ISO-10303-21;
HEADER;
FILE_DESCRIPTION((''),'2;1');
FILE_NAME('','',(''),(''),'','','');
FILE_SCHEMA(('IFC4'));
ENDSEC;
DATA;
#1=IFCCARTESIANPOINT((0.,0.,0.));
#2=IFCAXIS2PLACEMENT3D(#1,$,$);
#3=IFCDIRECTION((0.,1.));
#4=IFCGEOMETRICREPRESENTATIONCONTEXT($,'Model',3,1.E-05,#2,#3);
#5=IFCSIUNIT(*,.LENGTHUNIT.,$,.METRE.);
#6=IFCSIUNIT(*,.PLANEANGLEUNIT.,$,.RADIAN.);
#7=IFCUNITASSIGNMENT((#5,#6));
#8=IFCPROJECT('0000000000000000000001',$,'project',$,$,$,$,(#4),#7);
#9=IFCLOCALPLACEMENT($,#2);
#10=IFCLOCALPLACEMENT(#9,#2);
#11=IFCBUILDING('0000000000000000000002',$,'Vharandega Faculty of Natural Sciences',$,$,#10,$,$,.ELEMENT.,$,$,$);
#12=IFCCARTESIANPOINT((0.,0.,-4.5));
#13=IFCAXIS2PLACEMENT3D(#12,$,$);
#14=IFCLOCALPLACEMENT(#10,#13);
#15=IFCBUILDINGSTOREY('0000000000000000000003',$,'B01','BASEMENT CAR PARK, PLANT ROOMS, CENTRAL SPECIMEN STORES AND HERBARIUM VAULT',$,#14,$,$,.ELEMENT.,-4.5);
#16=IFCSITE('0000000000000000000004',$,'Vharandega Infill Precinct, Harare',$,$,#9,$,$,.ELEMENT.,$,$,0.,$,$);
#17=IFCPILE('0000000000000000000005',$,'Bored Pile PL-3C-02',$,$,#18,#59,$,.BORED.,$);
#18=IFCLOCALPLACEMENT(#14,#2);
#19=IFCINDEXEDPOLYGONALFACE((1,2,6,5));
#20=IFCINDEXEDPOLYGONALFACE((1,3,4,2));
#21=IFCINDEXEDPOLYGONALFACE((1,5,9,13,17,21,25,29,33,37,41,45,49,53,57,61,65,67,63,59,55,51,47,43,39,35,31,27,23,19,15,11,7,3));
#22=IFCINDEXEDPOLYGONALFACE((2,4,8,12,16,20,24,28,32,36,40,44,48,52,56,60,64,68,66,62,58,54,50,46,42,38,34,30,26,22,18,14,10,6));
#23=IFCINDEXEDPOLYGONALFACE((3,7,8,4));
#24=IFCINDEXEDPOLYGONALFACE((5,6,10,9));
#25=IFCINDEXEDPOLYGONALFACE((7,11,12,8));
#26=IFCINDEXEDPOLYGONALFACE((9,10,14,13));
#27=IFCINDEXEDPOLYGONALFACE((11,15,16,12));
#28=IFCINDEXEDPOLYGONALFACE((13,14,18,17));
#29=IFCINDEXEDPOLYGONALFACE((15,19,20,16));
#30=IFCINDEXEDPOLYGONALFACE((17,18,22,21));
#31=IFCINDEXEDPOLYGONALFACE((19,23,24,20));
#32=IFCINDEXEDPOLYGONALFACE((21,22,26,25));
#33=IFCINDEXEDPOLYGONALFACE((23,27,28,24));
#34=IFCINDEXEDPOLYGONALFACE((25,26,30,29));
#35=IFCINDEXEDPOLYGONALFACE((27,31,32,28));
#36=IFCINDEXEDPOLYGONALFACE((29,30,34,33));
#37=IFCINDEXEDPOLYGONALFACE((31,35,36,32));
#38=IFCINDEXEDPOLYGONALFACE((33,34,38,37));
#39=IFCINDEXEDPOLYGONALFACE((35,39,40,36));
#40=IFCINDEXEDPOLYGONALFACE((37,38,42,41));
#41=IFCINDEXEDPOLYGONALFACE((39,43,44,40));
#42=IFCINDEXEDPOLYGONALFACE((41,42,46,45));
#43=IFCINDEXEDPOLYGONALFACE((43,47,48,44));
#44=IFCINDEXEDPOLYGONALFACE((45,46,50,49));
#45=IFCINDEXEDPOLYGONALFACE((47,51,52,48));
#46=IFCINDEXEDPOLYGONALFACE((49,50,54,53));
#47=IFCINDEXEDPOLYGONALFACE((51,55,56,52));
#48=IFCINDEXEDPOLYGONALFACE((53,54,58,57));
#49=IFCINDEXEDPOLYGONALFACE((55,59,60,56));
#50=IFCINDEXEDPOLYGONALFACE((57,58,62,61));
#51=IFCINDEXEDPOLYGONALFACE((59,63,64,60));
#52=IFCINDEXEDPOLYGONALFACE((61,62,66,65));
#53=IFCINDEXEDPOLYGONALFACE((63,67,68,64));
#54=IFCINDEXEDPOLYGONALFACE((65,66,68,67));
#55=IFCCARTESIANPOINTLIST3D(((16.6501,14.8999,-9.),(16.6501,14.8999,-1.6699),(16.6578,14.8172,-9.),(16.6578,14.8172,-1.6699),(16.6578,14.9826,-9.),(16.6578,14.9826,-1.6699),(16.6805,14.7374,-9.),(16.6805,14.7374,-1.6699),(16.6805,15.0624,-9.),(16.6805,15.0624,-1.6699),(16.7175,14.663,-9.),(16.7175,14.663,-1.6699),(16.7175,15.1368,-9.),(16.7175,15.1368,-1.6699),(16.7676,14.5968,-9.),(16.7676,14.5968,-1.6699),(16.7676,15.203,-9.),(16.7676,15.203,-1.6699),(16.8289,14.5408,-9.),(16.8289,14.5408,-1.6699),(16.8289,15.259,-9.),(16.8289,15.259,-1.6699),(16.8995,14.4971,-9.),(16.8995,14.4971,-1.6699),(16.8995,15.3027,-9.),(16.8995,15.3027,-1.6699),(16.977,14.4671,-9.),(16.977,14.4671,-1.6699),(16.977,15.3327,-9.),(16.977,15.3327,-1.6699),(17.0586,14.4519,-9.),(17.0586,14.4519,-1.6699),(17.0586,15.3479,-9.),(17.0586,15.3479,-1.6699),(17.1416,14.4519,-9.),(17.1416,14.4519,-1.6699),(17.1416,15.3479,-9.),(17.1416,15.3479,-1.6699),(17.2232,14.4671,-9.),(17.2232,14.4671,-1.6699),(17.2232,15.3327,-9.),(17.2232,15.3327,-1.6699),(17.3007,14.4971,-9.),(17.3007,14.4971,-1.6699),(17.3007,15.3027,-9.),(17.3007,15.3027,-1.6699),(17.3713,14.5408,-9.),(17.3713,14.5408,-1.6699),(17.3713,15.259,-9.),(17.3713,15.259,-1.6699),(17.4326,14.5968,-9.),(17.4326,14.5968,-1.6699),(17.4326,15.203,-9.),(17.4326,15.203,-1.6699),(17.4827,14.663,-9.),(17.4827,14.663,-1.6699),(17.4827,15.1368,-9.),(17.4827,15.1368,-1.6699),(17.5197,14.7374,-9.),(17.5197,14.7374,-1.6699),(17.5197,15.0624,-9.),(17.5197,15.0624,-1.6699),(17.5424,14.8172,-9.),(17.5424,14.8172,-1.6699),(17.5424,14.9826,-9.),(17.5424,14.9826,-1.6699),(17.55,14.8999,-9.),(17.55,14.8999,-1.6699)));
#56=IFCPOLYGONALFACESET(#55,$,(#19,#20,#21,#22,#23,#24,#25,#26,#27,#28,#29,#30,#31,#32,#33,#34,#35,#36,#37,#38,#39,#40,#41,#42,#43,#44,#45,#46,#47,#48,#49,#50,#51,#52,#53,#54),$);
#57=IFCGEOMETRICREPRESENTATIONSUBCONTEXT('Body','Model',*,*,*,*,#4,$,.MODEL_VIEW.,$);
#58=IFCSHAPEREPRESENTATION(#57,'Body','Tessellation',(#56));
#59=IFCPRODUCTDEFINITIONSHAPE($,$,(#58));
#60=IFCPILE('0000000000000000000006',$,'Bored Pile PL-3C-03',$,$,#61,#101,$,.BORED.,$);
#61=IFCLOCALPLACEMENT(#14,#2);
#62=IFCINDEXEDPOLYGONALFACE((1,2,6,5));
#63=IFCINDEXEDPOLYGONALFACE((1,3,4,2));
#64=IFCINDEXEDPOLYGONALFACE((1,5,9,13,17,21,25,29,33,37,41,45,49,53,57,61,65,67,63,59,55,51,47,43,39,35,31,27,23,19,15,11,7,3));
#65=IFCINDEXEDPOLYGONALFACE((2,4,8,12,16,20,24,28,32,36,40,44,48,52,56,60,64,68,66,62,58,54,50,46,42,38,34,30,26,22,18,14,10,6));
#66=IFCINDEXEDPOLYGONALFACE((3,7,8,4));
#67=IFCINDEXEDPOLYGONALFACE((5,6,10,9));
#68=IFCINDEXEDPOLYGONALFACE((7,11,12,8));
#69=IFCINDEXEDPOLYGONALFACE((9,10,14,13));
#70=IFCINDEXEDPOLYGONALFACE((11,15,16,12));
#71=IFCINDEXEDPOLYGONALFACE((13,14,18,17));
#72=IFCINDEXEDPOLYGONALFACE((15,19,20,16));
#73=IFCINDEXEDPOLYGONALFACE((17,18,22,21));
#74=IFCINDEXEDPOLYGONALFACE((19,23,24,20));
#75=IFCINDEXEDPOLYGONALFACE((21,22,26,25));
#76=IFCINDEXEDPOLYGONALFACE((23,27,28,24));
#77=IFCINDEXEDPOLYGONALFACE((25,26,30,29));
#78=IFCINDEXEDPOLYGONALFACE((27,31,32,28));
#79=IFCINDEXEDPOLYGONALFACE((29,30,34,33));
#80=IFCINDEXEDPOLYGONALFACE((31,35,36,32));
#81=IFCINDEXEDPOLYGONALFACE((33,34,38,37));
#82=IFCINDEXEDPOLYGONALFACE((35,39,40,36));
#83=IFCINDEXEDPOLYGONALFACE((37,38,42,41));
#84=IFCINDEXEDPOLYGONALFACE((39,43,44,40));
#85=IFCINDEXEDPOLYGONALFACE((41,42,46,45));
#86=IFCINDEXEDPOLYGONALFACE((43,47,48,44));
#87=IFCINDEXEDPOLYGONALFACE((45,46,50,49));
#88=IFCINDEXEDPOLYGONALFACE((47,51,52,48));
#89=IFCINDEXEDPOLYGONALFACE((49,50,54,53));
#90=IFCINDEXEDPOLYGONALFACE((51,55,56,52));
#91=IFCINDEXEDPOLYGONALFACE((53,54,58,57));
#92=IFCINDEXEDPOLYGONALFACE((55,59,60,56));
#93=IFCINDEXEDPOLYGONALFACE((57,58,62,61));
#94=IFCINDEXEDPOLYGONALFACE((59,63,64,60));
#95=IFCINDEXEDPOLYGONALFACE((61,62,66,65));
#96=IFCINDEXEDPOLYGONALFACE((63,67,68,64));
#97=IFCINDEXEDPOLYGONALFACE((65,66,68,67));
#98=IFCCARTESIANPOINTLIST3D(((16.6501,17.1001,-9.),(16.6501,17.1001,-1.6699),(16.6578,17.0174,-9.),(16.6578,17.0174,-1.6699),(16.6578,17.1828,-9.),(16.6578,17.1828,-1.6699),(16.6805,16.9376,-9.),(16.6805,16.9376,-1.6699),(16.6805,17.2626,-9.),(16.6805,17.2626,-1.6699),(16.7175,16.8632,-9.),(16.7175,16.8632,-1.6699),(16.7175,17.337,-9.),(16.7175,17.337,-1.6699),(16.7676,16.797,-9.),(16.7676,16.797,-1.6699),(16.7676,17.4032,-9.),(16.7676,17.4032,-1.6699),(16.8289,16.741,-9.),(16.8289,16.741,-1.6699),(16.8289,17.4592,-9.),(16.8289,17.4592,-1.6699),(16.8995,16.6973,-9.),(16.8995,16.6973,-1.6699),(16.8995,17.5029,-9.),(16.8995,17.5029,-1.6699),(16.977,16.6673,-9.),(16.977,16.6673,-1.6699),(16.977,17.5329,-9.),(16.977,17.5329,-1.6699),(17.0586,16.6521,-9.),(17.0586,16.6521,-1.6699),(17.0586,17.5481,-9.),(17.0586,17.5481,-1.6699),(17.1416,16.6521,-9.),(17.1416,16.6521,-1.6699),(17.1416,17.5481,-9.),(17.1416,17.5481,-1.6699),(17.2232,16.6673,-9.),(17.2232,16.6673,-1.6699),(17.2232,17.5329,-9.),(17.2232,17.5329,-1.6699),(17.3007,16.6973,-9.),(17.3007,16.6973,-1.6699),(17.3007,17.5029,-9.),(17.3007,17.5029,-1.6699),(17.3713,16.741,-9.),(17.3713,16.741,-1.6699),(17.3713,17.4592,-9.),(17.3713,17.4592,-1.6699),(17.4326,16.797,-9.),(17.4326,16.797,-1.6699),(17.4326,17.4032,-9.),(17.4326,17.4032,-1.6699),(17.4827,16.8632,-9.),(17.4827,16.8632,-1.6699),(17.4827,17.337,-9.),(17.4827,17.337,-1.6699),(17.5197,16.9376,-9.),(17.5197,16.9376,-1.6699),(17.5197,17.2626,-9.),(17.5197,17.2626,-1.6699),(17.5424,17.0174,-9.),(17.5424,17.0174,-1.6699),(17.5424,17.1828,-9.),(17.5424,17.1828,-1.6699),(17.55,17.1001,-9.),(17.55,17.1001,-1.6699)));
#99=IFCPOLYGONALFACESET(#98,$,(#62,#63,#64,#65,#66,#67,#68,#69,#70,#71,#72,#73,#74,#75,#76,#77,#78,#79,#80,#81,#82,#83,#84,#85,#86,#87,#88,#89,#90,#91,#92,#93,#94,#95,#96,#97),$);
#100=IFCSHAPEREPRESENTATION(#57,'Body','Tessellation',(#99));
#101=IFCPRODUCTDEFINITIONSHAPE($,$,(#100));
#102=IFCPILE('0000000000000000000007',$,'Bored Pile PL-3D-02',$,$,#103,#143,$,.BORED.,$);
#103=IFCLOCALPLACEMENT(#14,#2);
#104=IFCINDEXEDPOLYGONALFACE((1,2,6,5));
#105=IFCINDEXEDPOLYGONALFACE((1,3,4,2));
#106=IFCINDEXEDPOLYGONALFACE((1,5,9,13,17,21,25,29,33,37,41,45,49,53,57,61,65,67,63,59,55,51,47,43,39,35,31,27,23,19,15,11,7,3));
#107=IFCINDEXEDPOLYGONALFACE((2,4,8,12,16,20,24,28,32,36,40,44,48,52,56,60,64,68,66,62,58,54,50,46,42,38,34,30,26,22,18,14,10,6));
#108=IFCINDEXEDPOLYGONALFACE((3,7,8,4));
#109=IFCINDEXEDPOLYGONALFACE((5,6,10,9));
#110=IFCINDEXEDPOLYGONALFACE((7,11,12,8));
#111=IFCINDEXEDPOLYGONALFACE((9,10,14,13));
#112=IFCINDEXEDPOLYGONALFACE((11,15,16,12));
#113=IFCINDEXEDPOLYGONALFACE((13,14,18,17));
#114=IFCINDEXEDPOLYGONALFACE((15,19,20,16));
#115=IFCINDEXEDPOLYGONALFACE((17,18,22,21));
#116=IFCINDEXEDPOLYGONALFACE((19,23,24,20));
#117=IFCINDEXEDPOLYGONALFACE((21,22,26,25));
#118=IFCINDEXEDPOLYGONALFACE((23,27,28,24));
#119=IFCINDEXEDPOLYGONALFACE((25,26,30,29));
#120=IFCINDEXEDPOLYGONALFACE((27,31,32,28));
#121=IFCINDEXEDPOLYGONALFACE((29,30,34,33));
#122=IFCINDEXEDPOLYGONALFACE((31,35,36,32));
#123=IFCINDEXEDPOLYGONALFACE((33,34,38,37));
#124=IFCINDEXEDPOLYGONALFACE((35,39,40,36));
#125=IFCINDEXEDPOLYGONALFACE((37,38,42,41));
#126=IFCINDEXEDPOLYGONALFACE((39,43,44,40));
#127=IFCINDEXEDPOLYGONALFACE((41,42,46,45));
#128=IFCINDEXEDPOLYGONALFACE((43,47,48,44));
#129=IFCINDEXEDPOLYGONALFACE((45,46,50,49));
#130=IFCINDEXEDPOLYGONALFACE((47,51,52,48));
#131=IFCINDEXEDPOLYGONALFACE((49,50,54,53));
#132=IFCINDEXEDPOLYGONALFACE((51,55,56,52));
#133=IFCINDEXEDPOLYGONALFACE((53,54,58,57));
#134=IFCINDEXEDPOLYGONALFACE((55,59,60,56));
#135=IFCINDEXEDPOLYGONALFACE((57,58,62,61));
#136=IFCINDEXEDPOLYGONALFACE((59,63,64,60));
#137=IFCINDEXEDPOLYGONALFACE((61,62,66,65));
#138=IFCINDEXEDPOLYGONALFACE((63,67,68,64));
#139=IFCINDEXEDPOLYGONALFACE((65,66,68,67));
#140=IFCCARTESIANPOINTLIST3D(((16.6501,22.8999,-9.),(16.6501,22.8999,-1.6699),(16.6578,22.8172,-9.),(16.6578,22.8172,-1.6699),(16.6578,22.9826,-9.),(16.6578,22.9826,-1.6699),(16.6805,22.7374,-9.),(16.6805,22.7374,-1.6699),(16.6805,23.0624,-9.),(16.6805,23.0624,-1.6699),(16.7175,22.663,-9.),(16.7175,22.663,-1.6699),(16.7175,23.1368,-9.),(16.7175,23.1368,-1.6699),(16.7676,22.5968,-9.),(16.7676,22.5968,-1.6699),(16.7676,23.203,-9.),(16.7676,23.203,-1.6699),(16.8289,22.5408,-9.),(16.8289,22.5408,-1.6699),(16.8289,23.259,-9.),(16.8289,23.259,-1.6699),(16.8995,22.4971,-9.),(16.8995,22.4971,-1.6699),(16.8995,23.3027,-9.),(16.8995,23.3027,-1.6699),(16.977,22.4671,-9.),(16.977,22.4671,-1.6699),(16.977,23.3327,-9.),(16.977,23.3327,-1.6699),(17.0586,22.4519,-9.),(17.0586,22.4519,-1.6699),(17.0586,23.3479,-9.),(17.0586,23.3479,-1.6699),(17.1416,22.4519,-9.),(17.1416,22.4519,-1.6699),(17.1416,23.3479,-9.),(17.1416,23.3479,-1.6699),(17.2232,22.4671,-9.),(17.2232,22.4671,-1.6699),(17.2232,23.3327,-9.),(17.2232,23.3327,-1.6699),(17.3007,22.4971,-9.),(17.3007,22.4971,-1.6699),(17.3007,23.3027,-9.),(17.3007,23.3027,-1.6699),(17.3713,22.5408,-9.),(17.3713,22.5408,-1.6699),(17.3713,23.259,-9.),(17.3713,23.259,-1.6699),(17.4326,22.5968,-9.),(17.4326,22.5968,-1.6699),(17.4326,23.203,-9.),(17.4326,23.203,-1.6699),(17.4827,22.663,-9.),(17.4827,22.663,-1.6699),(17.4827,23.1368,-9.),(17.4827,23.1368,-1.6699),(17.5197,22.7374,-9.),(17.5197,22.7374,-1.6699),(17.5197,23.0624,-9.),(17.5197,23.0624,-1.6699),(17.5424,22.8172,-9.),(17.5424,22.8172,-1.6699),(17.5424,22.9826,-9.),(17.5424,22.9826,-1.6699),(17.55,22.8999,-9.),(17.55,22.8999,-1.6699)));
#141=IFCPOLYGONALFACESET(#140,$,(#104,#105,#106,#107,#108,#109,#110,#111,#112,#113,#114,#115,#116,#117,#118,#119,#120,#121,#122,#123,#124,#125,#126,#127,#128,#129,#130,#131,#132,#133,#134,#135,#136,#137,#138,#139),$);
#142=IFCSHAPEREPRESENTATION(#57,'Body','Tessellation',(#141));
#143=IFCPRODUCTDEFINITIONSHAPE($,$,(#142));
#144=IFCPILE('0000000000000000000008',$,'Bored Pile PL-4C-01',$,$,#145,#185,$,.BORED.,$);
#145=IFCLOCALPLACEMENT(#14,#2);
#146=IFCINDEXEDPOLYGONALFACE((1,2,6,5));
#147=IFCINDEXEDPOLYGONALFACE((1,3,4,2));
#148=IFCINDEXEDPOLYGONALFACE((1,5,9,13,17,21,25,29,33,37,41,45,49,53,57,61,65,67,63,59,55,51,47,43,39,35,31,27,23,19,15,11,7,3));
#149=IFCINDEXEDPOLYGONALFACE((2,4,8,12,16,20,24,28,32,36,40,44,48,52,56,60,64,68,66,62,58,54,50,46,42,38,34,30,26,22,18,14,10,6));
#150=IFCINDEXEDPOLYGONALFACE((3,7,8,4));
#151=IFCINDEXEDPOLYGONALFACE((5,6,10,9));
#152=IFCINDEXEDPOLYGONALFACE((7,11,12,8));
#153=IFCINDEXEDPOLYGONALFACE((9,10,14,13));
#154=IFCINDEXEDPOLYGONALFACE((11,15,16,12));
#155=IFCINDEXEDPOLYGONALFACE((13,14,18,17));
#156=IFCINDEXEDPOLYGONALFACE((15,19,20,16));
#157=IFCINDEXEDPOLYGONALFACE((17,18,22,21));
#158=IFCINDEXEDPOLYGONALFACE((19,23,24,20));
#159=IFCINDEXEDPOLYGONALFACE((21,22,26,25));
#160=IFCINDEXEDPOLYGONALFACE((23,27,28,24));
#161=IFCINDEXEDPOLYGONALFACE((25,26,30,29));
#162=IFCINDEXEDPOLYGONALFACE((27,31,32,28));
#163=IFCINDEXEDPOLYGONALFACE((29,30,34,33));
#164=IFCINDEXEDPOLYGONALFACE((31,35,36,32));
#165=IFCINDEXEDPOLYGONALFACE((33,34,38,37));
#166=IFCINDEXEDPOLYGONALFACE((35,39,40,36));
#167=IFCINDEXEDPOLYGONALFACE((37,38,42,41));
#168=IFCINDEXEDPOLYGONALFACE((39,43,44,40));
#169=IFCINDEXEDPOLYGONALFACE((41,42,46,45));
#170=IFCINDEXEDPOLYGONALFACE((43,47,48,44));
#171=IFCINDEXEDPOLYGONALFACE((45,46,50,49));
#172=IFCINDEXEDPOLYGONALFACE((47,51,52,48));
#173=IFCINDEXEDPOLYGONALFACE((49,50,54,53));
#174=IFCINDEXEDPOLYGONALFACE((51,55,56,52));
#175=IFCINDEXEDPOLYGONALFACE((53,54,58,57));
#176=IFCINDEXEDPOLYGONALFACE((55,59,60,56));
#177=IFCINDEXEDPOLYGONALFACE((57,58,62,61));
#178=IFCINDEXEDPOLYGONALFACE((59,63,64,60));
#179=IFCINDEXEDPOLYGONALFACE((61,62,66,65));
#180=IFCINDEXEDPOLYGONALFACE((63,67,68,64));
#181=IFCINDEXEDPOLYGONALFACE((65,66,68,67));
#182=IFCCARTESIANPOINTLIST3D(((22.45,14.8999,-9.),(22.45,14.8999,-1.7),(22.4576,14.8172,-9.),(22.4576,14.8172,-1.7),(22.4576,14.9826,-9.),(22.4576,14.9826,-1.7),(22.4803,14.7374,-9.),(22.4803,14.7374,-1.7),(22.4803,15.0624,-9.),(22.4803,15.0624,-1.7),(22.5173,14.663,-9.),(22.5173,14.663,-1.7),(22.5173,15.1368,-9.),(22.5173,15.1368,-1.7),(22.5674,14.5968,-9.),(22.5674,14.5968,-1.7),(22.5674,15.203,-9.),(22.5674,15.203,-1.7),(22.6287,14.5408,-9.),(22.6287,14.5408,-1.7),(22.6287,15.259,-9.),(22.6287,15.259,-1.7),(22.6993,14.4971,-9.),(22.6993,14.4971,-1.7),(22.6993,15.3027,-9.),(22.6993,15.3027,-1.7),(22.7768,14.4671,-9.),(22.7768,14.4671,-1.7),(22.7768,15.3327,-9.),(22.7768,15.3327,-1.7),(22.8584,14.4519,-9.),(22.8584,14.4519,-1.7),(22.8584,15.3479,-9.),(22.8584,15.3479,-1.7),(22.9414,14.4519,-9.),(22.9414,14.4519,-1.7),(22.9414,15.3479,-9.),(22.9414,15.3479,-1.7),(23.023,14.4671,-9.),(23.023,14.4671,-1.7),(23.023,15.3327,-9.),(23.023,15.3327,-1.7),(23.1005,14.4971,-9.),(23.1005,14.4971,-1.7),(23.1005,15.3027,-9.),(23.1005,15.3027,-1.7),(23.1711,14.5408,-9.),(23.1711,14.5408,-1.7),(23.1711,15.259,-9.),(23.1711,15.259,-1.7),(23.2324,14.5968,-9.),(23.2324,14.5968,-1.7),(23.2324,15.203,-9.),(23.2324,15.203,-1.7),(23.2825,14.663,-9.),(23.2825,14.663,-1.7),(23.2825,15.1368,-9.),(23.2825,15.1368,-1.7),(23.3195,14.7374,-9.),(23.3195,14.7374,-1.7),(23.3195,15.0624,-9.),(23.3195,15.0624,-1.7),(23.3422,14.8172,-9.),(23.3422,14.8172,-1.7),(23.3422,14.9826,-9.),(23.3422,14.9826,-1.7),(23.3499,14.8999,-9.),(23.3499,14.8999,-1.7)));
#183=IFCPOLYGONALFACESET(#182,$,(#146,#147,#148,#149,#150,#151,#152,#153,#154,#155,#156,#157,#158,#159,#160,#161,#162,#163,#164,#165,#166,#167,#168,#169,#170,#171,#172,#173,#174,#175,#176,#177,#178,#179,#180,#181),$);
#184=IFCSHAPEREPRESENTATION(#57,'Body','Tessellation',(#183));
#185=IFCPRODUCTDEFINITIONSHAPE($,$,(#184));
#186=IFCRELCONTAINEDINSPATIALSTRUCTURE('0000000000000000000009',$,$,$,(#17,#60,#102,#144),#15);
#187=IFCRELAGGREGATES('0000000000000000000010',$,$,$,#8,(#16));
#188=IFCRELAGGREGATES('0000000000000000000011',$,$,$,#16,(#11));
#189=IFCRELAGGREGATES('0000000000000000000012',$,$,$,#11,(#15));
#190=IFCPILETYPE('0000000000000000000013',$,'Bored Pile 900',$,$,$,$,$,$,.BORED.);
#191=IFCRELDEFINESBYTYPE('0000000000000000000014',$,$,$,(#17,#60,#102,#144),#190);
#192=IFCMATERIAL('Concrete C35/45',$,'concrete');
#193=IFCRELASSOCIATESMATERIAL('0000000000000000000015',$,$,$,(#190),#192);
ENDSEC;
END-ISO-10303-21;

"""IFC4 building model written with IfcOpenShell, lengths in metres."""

from ifc_helpers import new_model, si_unit, direction, frame, origin, origin_2d, place, context, subcontext, project, spatial, circle, extrude, material, material_profile, profile_set, type_object, element, save


model = new_model("IFC4")

# Units and contexts
model_context = context("Model", 3, precision=1e-05, world=origin(), true_north=direction((0.0, 1.0)))
body_context = subcontext(model_context, "Body", "Model", "MODEL_VIEW")
ifc_project = project(units=[si_unit("LENGTHUNIT", "METRE"), si_unit("PLANEANGLEUNIT", "RADIAN")], contexts=[model_context])

# Site, building, storey
site_placement = place(None, origin())
site = spatial("IfcSite", under=ifc_project, at=site_placement, Name="Vharandega Infill Precinct, Harare", CompositionType="ELEMENT", RefElevation=0.0)
building_placement = place(site_placement, origin())
building = spatial("IfcBuilding", under=site, at=building_placement, Name="Vharandega Faculty of Natural Sciences", CompositionType="ELEMENT")
storey_placement = place(building_placement, frame((0.0, 0.0, -4.5)))
storey = spatial("IfcBuildingStorey", under=building, at=storey_placement, Name="B01", Description="BASEMENT CAR PARK, PLANT ROOMS, CENTRAL SPECIMEN STORES AND HERBARIUM VAULT", CompositionType="ELEMENT", Elevation=-4.5)

# Piles
ifc_material_1 = material(Name="Concrete C35/45", Category="concrete")
ifc_material_profile_1 = material_profile(ifc_material_1, circle(Radius=0.45, at=origin_2d()), Name="PILE 900")
ifc_profile_set_1 = profile_set([ifc_material_profile_1], Name="Concrete C35/45")
pile_type = type_object("IfcPileType", Name="Bored Pile 900", PredefinedType="BORED", material=ifc_profile_set_1)
for number, where, z_axis, x_axis, name in (
    (1, (17.1001, 14.8999, -1.6699), (0.0, 0.0, -1.0), (1.0, 0.0, 0.0), "Bored Pile PL-3C-02"),
    (2, (17.1001, 17.1001, -1.6699), (0.0, 0.0, -1.0), (1.0, 0.0, 0.0), "Bored Pile PL-3C-03"),
    (3, (17.1001, 22.8999, -1.6699), (0.0, 0.0, -1.0), (1.0, 0.0, 0.0), "Bored Pile PL-3D-02"),
):
    element("IfcPile", number, at=place(storey_placement, frame(where, z_axis=z_axis, x_axis=x_axis)), inside=storey, type_object=pile_type, Name=name, PredefinedType="BORED", context=body_context, shape_type="SweptSolid", body=[
        extrude(circle(Radius=0.45, at=origin_2d()), origin(), (0.0, 0.0, 1.0), 7.3301),
    ])
for number, where, z_axis, x_axis, name in (
    (4, (22.8999, 14.8999, -1.7), (0.0, 0.0, -1.0), (1.0, 0.0, 0.0), "Bored Pile PL-4C-01"),
):
    element("IfcPile", number, at=place(storey_placement, frame(where, z_axis=z_axis, x_axis=x_axis)), inside=storey, type_object=pile_type, Name=name, PredefinedType="BORED", context=body_context, shape_type="SweptSolid", body=[
        extrude(circle(Radius=0.45, at=origin_2d()), origin(), (0.0, 0.0, 1.0), 7.3),
    ])

save(model, "model.ifc")
